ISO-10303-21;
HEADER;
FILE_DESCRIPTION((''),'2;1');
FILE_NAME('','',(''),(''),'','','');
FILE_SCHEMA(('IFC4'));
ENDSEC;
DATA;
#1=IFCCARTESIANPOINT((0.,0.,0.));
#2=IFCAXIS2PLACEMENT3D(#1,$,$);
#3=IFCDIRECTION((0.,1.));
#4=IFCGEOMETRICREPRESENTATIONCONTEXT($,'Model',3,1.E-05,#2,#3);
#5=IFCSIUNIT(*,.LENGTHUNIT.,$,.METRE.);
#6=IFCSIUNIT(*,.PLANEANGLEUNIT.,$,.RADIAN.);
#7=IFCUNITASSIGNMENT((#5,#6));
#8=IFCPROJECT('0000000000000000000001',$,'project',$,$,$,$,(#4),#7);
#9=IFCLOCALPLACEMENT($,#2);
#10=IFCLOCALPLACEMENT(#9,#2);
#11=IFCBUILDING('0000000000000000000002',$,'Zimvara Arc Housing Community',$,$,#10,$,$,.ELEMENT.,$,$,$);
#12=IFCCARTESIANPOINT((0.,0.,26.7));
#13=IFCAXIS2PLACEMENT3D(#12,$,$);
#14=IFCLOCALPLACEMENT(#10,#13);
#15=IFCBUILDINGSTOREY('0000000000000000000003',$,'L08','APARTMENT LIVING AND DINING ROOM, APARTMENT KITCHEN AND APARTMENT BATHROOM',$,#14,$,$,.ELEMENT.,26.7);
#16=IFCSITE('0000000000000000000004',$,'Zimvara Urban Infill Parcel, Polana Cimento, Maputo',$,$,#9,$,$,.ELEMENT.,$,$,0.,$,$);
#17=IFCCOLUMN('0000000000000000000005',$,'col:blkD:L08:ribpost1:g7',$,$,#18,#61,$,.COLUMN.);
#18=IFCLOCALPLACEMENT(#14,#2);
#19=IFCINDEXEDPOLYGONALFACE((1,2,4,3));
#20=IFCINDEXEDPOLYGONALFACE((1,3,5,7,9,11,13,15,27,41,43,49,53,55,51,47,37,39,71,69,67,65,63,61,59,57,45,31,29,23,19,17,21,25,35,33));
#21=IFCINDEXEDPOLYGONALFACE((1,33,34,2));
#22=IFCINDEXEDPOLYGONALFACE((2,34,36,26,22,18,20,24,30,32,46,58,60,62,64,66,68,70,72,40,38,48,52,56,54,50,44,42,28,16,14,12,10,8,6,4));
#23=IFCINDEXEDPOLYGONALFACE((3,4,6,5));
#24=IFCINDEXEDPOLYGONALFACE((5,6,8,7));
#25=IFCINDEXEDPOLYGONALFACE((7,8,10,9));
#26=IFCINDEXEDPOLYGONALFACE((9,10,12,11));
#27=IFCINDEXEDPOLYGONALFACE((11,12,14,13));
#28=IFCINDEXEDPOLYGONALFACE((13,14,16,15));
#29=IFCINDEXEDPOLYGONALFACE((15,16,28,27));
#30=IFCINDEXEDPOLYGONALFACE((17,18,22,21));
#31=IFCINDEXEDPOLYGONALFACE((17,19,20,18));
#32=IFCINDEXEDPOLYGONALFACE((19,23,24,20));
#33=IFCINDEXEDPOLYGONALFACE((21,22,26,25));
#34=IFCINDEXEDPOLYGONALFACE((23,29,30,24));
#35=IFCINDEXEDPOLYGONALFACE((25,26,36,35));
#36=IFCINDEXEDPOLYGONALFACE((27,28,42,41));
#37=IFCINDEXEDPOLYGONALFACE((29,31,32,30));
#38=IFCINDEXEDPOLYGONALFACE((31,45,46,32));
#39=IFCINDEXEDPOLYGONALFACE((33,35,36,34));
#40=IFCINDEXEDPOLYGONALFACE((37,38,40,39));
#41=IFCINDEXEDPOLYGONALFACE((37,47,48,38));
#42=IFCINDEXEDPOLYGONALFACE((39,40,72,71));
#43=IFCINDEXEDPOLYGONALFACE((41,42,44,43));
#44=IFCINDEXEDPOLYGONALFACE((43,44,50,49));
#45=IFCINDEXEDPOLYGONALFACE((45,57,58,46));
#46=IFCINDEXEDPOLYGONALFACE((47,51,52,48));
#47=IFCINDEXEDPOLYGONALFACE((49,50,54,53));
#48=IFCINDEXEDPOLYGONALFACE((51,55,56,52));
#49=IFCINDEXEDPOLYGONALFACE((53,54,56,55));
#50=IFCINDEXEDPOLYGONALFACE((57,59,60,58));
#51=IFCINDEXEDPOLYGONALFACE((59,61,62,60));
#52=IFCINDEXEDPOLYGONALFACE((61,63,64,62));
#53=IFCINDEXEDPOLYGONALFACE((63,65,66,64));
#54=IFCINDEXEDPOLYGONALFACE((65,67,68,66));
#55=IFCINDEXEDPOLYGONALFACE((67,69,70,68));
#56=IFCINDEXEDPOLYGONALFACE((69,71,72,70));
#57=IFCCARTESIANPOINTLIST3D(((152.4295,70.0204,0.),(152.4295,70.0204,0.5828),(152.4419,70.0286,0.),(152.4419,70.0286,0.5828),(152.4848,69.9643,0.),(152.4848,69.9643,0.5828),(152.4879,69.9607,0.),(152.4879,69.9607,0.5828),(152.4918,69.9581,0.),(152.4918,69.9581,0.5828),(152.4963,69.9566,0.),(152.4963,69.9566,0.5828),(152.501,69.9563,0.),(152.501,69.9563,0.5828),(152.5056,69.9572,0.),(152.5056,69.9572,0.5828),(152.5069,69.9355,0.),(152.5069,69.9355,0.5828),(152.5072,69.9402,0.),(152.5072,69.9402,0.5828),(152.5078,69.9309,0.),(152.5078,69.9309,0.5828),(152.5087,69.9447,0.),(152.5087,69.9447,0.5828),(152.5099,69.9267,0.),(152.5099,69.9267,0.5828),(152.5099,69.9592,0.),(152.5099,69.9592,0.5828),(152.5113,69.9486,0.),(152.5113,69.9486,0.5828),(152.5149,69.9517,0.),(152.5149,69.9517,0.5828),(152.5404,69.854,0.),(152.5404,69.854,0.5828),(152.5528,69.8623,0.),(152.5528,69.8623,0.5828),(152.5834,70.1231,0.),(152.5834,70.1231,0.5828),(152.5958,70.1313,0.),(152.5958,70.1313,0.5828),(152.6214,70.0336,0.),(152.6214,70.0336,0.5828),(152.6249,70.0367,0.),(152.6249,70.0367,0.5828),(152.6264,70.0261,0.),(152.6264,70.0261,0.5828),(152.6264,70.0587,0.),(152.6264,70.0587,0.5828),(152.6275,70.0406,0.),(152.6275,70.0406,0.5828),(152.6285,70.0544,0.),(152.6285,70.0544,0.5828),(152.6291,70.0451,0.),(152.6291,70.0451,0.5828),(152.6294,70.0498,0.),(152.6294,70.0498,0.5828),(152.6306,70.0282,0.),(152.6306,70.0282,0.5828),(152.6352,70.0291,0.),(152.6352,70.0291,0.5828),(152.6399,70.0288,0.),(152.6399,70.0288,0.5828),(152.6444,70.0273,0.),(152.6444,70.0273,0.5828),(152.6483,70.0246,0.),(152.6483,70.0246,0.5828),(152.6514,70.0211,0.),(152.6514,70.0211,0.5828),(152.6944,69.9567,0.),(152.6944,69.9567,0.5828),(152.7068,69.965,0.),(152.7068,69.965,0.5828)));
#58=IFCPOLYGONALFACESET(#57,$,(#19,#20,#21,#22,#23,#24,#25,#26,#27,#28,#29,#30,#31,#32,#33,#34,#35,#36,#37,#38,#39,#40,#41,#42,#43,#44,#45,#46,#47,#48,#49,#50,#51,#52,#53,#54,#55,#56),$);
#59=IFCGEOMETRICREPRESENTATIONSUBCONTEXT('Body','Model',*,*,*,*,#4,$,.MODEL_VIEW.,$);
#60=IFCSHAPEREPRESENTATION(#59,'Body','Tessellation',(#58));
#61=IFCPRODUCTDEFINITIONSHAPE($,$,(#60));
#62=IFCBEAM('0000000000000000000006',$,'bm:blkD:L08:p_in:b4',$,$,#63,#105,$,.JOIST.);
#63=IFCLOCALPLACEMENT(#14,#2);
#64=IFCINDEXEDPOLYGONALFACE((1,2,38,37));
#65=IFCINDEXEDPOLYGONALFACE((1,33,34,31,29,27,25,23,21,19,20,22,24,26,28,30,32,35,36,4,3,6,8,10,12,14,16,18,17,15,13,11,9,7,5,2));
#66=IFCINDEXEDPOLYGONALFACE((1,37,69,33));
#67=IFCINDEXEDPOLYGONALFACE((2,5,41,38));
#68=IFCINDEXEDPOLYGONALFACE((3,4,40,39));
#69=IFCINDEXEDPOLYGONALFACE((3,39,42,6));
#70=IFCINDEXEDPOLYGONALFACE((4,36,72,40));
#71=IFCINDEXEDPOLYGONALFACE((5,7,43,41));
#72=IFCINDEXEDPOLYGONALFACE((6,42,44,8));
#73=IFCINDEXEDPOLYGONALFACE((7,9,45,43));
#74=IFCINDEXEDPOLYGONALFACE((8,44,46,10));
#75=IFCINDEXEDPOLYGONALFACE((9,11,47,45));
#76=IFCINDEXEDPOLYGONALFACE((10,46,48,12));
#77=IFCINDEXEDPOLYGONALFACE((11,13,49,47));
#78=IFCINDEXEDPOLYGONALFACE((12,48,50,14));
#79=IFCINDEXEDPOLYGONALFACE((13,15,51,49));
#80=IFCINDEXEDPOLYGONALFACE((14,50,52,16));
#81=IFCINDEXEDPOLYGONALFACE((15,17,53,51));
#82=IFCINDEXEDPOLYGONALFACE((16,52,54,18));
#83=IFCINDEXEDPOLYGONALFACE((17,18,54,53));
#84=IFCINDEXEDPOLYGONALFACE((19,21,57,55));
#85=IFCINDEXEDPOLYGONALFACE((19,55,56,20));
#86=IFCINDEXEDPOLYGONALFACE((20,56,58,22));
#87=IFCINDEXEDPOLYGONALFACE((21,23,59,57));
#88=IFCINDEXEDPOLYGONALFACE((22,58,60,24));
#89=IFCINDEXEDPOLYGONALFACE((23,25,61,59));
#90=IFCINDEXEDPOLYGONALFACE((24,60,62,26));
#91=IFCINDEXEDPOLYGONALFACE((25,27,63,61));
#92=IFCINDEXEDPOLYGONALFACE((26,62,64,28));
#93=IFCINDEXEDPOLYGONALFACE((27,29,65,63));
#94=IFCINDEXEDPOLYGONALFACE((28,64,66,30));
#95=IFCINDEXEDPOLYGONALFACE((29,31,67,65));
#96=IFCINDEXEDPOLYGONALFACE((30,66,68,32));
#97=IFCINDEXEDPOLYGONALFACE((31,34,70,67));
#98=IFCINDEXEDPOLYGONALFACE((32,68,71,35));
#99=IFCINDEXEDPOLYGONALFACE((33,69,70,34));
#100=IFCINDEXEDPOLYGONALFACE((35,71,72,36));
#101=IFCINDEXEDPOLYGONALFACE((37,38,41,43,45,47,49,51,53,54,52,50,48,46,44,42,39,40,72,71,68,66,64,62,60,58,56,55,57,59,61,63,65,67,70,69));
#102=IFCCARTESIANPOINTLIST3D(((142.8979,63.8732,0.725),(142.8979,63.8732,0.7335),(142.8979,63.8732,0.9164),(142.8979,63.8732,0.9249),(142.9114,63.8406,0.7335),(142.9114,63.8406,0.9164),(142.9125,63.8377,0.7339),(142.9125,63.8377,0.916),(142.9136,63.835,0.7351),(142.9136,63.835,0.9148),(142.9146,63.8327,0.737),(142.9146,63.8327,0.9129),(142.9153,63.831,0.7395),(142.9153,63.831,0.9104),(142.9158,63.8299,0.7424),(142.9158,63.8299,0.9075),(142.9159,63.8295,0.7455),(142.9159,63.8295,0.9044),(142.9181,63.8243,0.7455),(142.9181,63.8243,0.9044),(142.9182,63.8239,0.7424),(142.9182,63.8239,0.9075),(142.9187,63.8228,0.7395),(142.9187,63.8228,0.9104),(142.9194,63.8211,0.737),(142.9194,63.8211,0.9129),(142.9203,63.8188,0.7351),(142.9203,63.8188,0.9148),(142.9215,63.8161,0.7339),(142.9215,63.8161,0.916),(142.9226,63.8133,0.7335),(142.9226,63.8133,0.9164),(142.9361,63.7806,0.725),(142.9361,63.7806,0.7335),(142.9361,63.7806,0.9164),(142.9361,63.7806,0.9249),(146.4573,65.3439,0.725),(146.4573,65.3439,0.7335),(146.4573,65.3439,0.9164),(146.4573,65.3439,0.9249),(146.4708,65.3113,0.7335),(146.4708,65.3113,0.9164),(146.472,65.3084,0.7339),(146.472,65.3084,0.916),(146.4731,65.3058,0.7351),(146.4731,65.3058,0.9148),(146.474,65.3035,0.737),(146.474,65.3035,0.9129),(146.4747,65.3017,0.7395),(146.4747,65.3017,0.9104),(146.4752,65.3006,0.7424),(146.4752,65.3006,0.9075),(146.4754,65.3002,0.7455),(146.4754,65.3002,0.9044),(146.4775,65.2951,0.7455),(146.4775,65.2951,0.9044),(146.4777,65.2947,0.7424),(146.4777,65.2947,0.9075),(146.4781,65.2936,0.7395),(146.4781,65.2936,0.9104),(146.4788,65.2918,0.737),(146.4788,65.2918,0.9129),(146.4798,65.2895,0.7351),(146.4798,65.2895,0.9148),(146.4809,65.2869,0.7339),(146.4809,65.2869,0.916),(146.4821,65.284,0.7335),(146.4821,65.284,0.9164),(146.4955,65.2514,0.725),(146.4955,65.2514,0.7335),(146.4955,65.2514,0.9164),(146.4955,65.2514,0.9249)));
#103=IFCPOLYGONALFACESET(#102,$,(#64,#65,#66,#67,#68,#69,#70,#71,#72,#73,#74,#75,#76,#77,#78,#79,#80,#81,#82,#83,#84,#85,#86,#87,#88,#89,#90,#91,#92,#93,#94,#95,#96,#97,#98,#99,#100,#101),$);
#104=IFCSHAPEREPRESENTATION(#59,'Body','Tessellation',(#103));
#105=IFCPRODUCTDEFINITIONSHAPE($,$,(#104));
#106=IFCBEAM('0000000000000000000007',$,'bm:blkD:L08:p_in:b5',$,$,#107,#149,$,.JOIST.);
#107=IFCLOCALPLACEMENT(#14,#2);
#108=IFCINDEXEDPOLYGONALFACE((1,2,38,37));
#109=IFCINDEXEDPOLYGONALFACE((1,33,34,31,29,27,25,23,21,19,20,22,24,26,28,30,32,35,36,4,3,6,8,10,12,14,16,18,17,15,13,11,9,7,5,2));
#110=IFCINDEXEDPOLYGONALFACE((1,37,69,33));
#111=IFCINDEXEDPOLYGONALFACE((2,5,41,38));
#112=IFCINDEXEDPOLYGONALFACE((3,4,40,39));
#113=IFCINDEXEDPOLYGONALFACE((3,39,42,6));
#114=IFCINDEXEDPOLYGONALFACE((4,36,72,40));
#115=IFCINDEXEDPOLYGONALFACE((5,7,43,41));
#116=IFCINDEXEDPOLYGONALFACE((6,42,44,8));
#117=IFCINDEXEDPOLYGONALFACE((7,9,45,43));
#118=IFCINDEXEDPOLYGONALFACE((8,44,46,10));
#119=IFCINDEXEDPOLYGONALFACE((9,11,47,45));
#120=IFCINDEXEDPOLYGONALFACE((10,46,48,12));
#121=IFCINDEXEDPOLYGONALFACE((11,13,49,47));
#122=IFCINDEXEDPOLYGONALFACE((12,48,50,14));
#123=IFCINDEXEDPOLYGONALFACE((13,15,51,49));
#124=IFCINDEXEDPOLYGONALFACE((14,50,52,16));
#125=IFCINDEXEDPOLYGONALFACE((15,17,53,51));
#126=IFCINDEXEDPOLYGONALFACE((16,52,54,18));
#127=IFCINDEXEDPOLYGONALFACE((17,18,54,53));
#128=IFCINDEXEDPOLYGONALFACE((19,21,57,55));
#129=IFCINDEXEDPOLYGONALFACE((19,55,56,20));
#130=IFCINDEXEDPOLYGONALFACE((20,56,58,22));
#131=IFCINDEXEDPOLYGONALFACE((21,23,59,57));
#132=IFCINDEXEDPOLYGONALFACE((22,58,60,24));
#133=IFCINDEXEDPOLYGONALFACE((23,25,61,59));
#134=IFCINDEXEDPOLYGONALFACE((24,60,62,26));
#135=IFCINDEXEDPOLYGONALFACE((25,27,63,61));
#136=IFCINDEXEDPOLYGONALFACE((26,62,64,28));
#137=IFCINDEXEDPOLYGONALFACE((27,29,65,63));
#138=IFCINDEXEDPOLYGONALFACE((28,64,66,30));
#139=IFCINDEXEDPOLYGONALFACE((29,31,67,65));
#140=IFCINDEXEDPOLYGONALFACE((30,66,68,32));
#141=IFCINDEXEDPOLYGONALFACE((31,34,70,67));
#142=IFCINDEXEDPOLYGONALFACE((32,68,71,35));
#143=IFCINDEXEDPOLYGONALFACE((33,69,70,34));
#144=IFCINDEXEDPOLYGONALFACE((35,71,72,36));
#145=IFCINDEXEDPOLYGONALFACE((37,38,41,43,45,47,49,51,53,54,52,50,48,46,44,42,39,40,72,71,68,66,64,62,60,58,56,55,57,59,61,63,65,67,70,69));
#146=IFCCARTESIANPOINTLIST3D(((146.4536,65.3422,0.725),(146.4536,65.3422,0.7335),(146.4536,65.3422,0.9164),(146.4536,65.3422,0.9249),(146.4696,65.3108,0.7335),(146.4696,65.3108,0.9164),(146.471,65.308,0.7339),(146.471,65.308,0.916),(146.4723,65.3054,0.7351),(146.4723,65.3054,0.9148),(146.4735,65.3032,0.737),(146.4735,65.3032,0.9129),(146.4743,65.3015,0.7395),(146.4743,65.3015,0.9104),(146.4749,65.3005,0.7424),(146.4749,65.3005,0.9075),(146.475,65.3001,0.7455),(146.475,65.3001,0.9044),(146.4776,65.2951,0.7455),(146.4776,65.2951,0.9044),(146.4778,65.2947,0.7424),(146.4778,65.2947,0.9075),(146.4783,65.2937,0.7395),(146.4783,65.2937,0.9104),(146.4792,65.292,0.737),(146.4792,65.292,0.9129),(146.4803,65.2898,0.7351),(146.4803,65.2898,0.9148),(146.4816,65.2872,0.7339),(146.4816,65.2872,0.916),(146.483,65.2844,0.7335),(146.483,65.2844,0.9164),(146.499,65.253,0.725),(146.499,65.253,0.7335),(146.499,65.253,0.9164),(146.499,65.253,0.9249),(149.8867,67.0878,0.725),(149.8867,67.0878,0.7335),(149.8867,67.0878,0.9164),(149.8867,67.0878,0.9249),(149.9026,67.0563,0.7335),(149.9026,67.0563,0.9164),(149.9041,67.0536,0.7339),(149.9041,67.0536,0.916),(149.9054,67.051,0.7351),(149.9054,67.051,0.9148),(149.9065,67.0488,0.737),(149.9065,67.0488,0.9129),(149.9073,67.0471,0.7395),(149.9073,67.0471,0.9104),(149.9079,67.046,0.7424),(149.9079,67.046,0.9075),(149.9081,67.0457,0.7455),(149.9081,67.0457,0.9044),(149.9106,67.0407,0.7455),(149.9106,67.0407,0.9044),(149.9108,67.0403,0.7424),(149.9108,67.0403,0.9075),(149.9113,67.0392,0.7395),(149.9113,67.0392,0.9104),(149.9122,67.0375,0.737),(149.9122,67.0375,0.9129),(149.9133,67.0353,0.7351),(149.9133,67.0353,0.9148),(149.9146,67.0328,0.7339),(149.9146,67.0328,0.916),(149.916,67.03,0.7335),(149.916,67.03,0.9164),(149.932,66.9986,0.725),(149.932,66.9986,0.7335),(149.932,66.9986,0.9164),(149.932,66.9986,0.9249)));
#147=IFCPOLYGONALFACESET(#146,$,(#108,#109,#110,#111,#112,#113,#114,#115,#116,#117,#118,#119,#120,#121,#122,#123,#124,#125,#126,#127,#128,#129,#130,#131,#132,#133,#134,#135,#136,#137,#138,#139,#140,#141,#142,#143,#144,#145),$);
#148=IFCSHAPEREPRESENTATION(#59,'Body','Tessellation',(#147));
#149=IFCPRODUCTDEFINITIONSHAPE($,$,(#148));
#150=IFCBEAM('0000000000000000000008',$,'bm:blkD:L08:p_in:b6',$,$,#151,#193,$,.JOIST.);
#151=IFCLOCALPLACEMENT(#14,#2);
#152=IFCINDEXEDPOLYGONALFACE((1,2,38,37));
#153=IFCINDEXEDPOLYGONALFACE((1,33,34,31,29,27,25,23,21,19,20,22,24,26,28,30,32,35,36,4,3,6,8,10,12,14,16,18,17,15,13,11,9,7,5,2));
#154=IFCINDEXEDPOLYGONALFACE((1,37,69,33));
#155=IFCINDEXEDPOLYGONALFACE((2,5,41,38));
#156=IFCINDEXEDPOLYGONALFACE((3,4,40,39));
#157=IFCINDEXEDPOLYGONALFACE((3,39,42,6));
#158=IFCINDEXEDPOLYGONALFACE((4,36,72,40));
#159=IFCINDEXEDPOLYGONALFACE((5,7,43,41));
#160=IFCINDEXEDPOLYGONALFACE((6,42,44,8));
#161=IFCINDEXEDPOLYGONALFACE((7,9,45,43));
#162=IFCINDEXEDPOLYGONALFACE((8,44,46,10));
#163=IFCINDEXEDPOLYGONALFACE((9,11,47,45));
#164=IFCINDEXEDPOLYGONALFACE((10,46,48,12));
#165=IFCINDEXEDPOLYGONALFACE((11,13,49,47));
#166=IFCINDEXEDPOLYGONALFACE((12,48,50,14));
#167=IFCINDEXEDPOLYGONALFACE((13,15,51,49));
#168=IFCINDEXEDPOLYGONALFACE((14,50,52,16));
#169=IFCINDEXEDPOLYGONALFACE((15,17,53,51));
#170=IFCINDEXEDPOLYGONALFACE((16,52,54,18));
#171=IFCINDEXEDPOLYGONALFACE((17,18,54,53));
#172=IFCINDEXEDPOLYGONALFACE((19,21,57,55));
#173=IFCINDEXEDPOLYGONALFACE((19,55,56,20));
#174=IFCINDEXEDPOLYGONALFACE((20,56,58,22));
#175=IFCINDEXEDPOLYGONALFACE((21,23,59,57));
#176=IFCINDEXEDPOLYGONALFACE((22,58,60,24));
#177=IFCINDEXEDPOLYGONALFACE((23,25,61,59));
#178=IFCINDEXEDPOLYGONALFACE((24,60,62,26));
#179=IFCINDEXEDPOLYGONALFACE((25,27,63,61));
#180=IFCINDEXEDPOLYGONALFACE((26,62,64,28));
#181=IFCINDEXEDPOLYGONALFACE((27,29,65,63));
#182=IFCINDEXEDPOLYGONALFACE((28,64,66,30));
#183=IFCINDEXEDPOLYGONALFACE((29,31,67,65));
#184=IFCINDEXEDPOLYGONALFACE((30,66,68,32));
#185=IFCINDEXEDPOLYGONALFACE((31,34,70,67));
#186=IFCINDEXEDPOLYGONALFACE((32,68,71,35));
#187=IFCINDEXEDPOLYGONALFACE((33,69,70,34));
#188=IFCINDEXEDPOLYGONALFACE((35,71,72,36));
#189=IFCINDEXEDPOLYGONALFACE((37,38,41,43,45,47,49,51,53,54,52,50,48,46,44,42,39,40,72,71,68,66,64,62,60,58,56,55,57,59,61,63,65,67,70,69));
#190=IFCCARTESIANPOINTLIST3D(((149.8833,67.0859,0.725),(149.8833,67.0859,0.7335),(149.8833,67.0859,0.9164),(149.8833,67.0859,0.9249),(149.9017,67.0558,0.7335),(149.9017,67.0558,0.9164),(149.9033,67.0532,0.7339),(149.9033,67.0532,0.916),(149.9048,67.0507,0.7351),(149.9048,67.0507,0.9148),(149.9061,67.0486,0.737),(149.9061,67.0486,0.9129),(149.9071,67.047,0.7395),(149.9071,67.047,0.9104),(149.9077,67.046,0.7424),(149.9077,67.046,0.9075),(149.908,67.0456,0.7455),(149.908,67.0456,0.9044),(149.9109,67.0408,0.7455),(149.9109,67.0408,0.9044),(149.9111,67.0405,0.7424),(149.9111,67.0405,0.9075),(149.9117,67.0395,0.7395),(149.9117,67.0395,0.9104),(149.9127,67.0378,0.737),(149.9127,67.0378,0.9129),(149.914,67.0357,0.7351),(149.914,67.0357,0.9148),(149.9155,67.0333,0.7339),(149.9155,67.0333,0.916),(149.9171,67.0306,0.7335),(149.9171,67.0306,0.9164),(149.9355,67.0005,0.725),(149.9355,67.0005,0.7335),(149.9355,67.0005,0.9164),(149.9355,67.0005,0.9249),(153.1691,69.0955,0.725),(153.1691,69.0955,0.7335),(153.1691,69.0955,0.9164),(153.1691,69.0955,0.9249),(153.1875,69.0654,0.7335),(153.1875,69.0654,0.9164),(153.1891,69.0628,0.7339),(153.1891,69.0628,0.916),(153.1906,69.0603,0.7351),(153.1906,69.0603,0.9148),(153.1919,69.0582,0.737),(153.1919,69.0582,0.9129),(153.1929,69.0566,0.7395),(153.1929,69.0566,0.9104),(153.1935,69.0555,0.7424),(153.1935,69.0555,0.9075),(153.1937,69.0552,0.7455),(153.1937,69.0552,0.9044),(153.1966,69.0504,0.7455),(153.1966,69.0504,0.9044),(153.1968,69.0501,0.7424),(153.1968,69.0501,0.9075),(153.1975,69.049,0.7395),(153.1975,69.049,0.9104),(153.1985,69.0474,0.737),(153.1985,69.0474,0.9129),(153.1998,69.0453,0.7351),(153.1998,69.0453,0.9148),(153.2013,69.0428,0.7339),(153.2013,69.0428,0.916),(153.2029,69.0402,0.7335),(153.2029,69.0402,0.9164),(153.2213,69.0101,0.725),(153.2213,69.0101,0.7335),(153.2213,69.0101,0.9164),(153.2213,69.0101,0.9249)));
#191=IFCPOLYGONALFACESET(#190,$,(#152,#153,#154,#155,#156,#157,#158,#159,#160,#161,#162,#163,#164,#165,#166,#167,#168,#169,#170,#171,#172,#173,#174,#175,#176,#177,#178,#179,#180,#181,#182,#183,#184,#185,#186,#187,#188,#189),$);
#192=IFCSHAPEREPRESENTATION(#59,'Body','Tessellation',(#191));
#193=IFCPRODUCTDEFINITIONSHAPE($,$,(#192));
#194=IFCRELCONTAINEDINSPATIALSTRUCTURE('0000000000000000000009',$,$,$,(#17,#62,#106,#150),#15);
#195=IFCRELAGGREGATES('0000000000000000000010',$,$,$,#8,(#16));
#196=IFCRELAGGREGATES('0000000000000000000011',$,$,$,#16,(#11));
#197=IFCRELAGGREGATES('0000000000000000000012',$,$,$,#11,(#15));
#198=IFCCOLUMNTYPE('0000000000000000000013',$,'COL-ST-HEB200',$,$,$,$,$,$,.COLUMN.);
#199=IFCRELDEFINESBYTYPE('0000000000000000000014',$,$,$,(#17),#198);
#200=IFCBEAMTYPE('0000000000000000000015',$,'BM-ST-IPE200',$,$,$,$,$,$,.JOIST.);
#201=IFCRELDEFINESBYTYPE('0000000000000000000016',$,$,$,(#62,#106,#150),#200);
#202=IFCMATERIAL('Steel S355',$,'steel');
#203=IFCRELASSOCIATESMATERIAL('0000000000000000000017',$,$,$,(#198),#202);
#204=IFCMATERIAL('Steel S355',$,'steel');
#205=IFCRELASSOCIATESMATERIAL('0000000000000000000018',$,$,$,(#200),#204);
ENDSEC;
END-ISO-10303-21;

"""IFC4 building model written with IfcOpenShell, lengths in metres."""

from ifc_helpers import new_model, si_unit, direction, frame, origin, origin_2d, place, context, subcontext, project, spatial, i_section, extrude, material, material_profile, profile_set, type_object, element, save


model = new_model("IFC4")

# Units and contexts
model_context = context("Model", 3, precision=1e-05, world=origin(), true_north=direction((0.0, 1.0)))
body_context = subcontext(model_context, "Body", "Model", "MODEL_VIEW")
ifc_project = project(units=[si_unit("LENGTHUNIT", "METRE"), si_unit("PLANEANGLEUNIT", "RADIAN")], contexts=[model_context])

# Site, building, storey
site_placement = place(None, origin())
site = spatial("IfcSite", under=ifc_project, at=site_placement, Name="Zimvara Urban Infill Parcel, Polana Cimento, Maputo", CompositionType="ELEMENT", RefElevation=0.0)
building_placement = place(site_placement, origin())
building = spatial("IfcBuilding", under=site, at=building_placement, Name="Zimvara Arc Housing Community", CompositionType="ELEMENT")
storey_placement = place(building_placement, frame((0.0, 0.0, 26.7)))
storey = spatial("IfcBuildingStorey", under=building, at=storey_placement, Name="L08", Description="APARTMENT LIVING AND DINING ROOM, APARTMENT KITCHEN AND APARTMENT BATHROOM", CompositionType="ELEMENT", Elevation=26.7)

# Column
ifc_material_1 = material(Name="Steel S355", Category="steel")
ifc_material_profile_1 = material_profile(ifc_material_1, i_section(OverallWidth=0.2, OverallDepth=0.2, WebThickness=0.009, FlangeThickness=0.0149, FilletRadius=0.0181, at=origin_2d()), Name="HEB 200")
ifc_profile_set_1 = profile_set([ifc_material_profile_1], Name="Steel S355")
column_type = type_object("IfcColumnType", Name="COL-ST-HEB200", PredefinedType="COLUMN", material=ifc_profile_set_1)
column_1_placement = place(storey_placement, frame((152.5681, 69.9927, 0.0), z_axis=(0.0, 0.0, 1.0), x_axis=(0.554844, -0.831954, 0.0)))
element("IfcColumn", 1, at=column_1_placement, inside=storey, type_object=column_type, Name="col:blkD:L08:ribpost1:g7", PredefinedType="COLUMN", context=body_context, shape_type="SweptSolid", body=[
    extrude(i_section(OverallWidth=0.2, OverallDepth=0.2, WebThickness=0.009, FlangeThickness=0.0149, FilletRadius=0.0181, at=origin_2d()), origin(), (0.0, 0.0, 1.0), 0.5828),
])

# Beams
ifc_material_2 = material(Name="Steel S355", Category="steel")
ifc_material_profile_2 = material_profile(ifc_material_2, i_section(OverallWidth=0.1001, OverallDepth=0.2, WebThickness=0.0056, FlangeThickness=0.0085, FilletRadius=0.012, at=origin_2d()), Name="IPE 200")
ifc_profile_set_2 = profile_set([ifc_material_profile_2], Name="Steel S355")
beam_type_1 = type_object("IfcBeamType", Name="BM-ST-IPE200", PredefinedType="JOIST", material=ifc_profile_set_2)
for number, where, z_axis, x_axis, name in (
    (2, (142.917, 63.8269, 0.825), (0.924211, 0.381881, 0.0), (-0.381881, 0.924211, 0.0), "bm:blkD:L08:p_in:b4"),
    (3, (146.4763, 65.2976, 0.825), (0.891389, 0.453238, 0.0), (-0.453238, 0.891389, 0.0), "bm:blkD:L08:p_in:b5"),
):
    element("IfcBeam", number, at=place(storey_placement, frame(where, z_axis=z_axis, x_axis=x_axis)), inside=storey, type_object=beam_type_1, Name=name, PredefinedType="JOIST", context=body_context, shape_type="SweptSolid", body=[
        extrude(i_section(OverallWidth=0.1001, OverallDepth=0.2, WebThickness=0.0056, FlangeThickness=0.0085, FilletRadius=0.012, at=origin_2d()), origin(), (0.0, 0.0, 1.0), 3.8513),
    ])
beam_1_placement = place(storey_placement, frame((149.9094, 67.0432, 0.825), z_axis=(0.853094, 0.521758, 0.0), x_axis=(-0.521758, 0.853094, 0.0)))
element("IfcBeam", 4, at=beam_1_placement, inside=storey, type_object=beam_type_1, Name="bm:blkD:L08:p_in:b6", PredefinedType="JOIST", context=body_context, shape_type="SweptSolid", body=[
    extrude(i_section(OverallWidth=0.1001, OverallDepth=0.2, WebThickness=0.0056, FlangeThickness=0.0085, FilletRadius=0.012, at=origin_2d()), origin(), (0.0, 0.0, 1.0), 3.8516),
])

save(model, "model.ifc")
